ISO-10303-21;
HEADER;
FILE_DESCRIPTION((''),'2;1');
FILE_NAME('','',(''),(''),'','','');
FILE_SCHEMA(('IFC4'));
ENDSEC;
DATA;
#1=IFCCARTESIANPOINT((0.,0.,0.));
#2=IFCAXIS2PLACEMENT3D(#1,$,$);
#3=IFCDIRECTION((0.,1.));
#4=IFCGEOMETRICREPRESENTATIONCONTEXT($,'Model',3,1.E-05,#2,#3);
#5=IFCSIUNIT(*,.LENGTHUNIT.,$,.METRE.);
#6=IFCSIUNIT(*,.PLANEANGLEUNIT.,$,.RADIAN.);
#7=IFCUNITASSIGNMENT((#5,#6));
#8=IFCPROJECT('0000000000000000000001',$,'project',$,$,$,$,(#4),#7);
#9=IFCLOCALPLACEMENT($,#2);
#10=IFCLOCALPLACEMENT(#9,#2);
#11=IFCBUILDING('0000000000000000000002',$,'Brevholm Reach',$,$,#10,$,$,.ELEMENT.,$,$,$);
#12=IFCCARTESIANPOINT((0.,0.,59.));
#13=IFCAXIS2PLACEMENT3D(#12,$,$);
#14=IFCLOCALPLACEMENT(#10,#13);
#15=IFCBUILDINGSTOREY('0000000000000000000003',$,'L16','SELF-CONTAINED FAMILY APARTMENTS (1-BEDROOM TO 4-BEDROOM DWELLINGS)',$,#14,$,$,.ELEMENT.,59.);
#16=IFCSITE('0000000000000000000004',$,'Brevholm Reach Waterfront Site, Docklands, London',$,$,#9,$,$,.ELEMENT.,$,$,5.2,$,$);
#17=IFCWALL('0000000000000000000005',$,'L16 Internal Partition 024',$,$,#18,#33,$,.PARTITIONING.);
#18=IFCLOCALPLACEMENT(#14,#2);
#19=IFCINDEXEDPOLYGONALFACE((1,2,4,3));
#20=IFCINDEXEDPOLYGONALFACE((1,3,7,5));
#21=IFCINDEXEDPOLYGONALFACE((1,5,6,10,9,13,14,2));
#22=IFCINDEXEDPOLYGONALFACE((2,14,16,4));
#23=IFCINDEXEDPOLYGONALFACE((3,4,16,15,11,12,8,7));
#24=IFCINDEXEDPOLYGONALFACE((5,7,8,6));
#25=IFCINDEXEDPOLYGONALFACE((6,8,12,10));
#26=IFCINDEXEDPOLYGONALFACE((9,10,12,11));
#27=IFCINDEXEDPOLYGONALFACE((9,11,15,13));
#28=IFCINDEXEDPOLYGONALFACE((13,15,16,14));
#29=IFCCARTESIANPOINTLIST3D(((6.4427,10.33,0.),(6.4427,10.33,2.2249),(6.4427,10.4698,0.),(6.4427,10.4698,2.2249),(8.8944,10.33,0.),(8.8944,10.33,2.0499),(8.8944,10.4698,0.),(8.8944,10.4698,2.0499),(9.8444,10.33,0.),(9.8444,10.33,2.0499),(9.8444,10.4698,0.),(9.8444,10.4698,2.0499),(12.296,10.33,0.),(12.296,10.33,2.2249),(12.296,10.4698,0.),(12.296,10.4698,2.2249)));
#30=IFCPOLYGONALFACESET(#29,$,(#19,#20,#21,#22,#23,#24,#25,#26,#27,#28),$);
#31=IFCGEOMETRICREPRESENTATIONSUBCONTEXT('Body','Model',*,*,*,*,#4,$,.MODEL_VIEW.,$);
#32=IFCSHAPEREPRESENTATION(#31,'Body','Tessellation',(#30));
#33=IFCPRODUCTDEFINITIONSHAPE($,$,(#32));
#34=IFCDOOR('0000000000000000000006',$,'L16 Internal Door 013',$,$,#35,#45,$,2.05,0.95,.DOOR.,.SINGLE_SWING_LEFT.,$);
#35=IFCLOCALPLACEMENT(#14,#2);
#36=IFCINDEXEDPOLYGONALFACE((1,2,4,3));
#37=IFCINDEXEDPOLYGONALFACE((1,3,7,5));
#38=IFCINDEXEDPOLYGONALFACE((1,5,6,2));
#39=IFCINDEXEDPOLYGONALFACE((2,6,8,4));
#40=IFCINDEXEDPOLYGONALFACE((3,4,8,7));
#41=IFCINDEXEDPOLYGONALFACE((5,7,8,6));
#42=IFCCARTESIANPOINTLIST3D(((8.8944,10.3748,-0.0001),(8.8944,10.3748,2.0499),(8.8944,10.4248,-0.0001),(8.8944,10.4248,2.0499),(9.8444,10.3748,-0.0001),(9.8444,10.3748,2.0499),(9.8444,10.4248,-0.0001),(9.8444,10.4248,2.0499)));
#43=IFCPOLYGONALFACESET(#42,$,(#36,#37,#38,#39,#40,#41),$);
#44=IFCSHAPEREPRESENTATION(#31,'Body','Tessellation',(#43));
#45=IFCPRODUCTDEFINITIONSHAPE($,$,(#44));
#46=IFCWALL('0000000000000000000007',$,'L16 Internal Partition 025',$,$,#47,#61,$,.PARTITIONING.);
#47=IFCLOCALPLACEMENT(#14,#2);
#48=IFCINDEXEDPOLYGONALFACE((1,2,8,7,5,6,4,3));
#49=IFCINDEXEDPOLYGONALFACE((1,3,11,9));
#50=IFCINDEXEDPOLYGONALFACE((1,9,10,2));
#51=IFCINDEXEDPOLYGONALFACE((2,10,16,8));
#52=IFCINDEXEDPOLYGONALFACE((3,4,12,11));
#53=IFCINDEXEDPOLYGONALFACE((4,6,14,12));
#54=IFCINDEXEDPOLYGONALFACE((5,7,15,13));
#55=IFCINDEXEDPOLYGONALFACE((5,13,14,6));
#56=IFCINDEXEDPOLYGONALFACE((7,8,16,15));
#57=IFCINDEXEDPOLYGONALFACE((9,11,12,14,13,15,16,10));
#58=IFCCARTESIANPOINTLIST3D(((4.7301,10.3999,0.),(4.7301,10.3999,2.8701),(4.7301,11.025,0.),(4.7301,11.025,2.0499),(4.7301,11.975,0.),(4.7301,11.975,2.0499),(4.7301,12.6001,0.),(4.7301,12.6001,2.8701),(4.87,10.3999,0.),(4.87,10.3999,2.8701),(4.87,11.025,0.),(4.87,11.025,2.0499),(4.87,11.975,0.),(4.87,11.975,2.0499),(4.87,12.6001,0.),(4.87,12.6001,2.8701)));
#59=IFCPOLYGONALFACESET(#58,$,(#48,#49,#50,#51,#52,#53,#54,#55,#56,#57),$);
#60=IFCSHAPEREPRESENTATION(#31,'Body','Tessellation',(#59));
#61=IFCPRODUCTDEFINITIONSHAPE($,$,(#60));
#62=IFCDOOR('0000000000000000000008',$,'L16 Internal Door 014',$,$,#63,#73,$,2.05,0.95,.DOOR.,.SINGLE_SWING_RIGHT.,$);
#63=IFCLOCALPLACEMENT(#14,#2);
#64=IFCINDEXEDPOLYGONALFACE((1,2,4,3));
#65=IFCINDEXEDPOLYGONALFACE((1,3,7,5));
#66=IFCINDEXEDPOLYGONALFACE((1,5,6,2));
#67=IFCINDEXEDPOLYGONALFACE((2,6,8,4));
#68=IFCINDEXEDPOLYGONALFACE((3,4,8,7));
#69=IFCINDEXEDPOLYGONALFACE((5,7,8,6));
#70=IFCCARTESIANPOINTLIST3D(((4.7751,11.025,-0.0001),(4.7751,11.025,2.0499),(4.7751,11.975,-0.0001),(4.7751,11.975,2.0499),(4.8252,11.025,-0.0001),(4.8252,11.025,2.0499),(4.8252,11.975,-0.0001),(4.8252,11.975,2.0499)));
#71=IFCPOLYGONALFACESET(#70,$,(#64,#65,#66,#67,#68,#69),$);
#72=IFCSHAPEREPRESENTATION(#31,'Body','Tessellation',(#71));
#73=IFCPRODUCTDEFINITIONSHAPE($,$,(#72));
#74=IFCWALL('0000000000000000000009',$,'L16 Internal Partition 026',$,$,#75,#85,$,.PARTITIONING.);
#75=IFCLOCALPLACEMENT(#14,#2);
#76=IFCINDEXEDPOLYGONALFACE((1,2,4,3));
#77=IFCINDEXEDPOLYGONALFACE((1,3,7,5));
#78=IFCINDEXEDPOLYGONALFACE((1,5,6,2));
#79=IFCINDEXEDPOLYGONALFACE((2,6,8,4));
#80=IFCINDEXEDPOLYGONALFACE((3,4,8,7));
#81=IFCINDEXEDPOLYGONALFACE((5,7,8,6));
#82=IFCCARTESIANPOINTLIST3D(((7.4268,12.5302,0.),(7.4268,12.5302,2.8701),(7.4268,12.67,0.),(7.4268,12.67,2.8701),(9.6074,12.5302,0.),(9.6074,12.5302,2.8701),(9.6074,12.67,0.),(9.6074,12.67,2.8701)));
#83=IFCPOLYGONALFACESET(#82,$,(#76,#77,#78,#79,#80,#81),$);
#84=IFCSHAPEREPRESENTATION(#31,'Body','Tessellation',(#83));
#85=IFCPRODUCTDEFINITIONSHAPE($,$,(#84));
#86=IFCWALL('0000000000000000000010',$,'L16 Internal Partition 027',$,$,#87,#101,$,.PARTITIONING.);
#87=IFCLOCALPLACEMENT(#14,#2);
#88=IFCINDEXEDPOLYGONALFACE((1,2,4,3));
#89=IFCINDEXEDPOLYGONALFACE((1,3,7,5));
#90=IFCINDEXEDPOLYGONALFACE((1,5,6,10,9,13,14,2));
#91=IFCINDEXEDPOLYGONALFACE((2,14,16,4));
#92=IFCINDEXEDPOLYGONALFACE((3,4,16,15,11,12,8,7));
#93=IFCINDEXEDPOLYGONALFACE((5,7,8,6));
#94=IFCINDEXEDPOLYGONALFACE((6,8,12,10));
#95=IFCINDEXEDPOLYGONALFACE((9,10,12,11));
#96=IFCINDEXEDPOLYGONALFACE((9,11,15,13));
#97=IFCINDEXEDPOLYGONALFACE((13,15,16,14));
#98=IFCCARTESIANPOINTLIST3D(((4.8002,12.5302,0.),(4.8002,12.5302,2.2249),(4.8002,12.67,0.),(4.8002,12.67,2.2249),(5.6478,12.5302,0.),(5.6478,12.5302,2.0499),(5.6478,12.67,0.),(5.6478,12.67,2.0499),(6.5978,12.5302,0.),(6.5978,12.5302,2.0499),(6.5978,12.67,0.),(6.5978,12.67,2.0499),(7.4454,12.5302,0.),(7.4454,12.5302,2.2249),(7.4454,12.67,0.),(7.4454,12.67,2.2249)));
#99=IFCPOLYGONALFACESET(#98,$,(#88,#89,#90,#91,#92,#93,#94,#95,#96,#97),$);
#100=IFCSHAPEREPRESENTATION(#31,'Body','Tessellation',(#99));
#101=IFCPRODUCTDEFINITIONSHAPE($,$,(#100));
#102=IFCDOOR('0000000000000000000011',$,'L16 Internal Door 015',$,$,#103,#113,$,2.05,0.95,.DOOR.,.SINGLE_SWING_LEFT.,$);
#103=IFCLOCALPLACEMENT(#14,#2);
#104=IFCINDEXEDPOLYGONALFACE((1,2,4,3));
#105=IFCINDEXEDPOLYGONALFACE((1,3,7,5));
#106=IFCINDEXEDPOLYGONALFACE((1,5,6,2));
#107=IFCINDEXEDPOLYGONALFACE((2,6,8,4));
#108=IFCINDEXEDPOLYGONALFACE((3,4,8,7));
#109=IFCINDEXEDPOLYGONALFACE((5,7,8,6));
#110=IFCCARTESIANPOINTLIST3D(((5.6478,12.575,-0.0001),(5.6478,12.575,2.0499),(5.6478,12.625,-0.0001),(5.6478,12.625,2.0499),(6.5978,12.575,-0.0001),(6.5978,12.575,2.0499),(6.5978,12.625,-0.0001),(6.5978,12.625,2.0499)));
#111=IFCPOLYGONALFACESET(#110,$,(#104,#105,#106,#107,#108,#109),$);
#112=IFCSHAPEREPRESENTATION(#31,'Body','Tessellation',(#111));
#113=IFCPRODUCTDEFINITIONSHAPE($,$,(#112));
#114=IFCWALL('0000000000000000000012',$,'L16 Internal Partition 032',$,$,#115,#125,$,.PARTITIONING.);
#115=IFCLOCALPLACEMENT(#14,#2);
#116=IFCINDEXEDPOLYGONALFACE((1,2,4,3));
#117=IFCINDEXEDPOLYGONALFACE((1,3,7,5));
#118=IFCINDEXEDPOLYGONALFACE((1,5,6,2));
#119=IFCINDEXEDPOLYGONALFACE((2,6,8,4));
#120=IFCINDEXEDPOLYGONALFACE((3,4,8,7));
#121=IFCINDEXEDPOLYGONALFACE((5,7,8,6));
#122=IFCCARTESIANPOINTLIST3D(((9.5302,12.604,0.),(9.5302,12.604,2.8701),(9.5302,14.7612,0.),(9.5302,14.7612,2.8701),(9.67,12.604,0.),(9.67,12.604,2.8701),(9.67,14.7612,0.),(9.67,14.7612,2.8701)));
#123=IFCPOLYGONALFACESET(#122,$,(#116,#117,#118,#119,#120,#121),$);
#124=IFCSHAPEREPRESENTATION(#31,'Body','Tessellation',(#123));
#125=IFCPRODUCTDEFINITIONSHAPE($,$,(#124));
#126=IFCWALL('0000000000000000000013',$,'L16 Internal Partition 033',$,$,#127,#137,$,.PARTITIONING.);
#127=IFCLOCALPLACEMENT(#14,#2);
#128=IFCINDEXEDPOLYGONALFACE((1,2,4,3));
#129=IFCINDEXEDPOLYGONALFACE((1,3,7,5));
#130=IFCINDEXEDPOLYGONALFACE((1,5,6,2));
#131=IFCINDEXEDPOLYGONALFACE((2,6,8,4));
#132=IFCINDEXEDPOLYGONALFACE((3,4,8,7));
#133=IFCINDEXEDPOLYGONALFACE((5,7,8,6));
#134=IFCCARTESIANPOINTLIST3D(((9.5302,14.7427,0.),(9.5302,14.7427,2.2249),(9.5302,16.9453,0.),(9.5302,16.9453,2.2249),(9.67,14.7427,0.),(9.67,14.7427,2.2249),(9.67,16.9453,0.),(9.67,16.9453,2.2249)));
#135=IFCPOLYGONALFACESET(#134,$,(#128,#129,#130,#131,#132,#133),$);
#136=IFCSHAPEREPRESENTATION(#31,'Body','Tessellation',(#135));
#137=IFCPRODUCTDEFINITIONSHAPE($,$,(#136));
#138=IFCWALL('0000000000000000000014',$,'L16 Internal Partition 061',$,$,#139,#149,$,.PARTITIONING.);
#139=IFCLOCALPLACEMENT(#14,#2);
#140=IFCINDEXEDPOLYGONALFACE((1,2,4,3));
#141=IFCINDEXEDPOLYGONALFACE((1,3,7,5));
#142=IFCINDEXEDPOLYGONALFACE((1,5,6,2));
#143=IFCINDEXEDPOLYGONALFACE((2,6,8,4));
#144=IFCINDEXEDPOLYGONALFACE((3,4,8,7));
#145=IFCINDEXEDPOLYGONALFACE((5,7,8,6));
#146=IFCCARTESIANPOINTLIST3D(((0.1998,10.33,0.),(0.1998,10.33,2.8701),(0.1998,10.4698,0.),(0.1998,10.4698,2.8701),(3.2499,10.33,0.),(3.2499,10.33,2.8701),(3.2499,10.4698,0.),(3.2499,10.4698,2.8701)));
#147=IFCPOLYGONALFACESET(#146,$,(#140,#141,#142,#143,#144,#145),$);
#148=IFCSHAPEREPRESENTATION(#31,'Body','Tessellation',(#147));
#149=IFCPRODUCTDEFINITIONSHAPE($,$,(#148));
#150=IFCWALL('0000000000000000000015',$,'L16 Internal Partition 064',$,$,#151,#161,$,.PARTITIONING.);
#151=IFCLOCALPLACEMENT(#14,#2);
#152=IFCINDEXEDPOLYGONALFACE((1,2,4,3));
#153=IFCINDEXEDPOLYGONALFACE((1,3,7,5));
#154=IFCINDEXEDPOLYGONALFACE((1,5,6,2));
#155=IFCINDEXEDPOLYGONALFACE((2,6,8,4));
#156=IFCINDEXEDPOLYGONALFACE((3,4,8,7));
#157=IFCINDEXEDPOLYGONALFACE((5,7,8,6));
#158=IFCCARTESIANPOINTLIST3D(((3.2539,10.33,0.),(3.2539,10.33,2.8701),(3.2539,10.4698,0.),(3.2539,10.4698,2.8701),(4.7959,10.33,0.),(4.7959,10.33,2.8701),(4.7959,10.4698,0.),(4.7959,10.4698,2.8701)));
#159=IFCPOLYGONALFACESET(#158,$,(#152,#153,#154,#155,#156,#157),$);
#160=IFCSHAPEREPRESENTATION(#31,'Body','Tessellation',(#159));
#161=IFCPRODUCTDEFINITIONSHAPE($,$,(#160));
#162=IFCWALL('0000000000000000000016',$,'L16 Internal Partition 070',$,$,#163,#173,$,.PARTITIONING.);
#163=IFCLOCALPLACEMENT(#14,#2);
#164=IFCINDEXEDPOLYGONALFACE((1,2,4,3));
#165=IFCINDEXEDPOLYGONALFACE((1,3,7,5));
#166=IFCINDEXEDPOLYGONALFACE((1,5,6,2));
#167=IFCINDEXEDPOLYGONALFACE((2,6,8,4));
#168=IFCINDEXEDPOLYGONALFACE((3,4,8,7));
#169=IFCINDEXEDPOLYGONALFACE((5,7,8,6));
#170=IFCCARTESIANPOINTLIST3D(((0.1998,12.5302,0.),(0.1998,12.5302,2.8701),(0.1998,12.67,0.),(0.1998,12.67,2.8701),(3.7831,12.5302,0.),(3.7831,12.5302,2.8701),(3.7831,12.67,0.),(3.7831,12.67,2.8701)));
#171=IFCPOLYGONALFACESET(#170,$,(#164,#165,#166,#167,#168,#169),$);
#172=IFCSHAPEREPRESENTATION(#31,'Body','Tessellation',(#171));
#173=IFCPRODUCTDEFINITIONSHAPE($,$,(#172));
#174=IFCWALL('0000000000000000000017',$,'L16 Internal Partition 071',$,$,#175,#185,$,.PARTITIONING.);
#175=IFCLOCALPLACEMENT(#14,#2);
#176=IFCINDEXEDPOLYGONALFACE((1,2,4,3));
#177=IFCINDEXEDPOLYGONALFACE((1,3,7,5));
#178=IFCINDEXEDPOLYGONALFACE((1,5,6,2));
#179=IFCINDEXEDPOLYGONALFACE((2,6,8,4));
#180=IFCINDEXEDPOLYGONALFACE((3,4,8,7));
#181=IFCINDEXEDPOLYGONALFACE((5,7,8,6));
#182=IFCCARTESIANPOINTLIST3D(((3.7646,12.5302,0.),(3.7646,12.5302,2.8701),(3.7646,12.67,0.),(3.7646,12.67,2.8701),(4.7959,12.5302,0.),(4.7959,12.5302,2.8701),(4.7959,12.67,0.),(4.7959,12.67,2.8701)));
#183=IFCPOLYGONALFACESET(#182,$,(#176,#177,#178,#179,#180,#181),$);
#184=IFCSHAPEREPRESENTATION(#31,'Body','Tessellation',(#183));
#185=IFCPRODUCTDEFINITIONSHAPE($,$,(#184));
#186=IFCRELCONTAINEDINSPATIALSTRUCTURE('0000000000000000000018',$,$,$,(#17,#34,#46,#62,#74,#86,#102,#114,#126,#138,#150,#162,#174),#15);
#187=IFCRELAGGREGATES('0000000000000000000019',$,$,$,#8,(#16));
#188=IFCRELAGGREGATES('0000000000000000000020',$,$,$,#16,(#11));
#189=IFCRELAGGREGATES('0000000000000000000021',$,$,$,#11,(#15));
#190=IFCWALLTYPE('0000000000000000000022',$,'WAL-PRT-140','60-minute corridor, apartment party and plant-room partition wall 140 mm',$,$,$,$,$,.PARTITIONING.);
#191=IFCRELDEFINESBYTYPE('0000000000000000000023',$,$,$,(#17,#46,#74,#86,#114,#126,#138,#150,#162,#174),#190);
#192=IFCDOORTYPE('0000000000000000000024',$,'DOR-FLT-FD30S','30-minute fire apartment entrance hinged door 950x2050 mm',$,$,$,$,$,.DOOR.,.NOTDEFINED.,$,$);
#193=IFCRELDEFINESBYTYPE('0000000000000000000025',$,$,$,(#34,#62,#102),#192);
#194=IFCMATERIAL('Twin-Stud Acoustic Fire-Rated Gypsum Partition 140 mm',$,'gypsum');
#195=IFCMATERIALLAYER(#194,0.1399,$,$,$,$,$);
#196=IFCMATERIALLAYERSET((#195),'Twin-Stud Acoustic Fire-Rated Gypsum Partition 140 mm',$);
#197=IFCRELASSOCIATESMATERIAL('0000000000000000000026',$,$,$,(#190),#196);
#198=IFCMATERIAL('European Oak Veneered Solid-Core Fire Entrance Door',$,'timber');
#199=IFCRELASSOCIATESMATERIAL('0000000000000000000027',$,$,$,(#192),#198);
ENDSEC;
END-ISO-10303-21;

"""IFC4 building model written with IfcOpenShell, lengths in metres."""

from ifc_helpers import new_model, si_unit, direction, frame, frame_2d, origin, place, context, subcontext, project, spatial, rectangle, extrude, material, layer, layer_set, type_object, element, fill, save


model = new_model("IFC4")

# Units and contexts
model_context = context("Model", 3, precision=1e-05, world=origin(), true_north=direction((0.0, 1.0)))
body_context = subcontext(model_context, "Body", "Model", "MODEL_VIEW")
ifc_project = project(units=[si_unit("LENGTHUNIT", "METRE"), si_unit("PLANEANGLEUNIT", "RADIAN")], contexts=[model_context])

# Site, building, storey
site_placement = place(None, origin())
site = spatial("IfcSite", under=ifc_project, at=site_placement, Name="Brevholm Reach Waterfront Site, Docklands, London", CompositionType="ELEMENT", RefElevation=5.2)
building_placement = place(site_placement, origin())
building = spatial("IfcBuilding", under=site, at=building_placement, Name="Brevholm Reach", CompositionType="ELEMENT")
storey_placement = place(building_placement, frame((0.0, 0.0, 59.0)))
storey = spatial("IfcBuildingStorey", under=building, at=storey_placement, Name="L16", Description="SELF-CONTAINED FAMILY APARTMENTS (1-BEDROOM TO 4-BEDROOM DWELLINGS)", CompositionType="ELEMENT", Elevation=59.0)

# Shared definitions
ifc_material_1 = material(Name="Twin-Stud Acoustic Fire-Rated Gypsum Partition 140 mm", Category="gypsum")
ifc_layer_1 = layer(ifc_material_1, 0.1399)
ifc_layer_set_1 = layer_set([ifc_layer_1], Name="Twin-Stud Acoustic Fire-Rated Gypsum Partition 140 mm")
wall_type_1 = type_object("IfcWallType", Name="WAL-PRT-140", Description="60-minute corridor, apartment party and plant-room partition wall 140 mm", PredefinedType="PARTITIONING", material=ifc_layer_set_1)

# Walls, openings, doors
wall_1_placement = place(storey_placement, frame((6.4426, 10.3999, 0.0), z_axis=(0.0, 0.0, 1.0), x_axis=(1.0, 0.0, 0.0)))
wall_1 = element("IfcWall", 1, at=wall_1_placement, inside=storey, type_object=wall_type_1, Name="L16 Internal Partition 024", PredefinedType="PARTITIONING", context=body_context, shape_type="SweptSolid", body=[
    extrude(rectangle(XDim=5.8533, YDim=0.1399, at=frame_2d((2.9268, 0.0))), origin(), (0.0, 0.0, 1.0), 2.2249),
])
opening_1_placement = place(wall_1_placement, frame((2.4517, 0.0, 0.0)))
opening_1 = element("IfcOpeningElement", 2, at=opening_1_placement, cuts=wall_1, PredefinedType="OPENING", context=body_context, shape_type="SweptSolid", body=[
    extrude(rectangle(XDim=0.95, YDim=2.05, at=frame_2d((0.4751, 1.0249))), frame((0.0, 0.0798, 0.0), z_axis=(0.0, -1.0, 0.0), x_axis=(1.0, 0.0, 0.0)), (0.0, 0.0, 1.0), 0.1599),
])
ifc_material_2 = material(Name="European Oak Veneered Solid-Core Fire Entrance Door", Category="timber")
door_type_1 = type_object("IfcDoorType", Name="DOR-FLT-FD30S", Description="30-minute fire apartment entrance hinged door 950x2050 mm", OperationType="NOTDEFINED", PredefinedType="DOOR", material=ifc_material_2)
door_1_placement = place(opening_1_placement, origin())
door_1 = element("IfcDoor", 3, at=door_1_placement, inside=storey, type_object=door_type_1, Name="L16 Internal Door 013", OperationType="SINGLE_SWING_LEFT", OverallHeight=2.05, OverallWidth=0.95, PredefinedType="DOOR", context=body_context, shape_type="SweptSolid", body=[
    extrude(rectangle(XDim=0.95, YDim=2.05, at=frame_2d((0.4751, 1.0249))), frame((0.0, 0.0249, 0.0), z_axis=(0.0, -1.0, 0.0), x_axis=(1.0, 0.0, 0.0)), (0.0, 0.0, 1.0), 0.05),
])
fill(opening_1, door_1)
wall_2_placement = place(storey_placement, frame((4.8, 10.3999, 0.0), z_axis=(0.0, 0.0, 1.0), x_axis=(0.0, 1.0, 0.0)))
wall_2 = element("IfcWall", 4, at=wall_2_placement, inside=storey, type_object=wall_type_1, Name="L16 Internal Partition 025", PredefinedType="PARTITIONING", context=body_context, shape_type="SweptSolid", body=[
    extrude(rectangle(XDim=2.2002, YDim=0.1399, at=frame_2d((1.1001, 0.0))), origin(), (0.0, 0.0, 1.0), 2.8701),
])
opening_2_placement = place(wall_2_placement, frame((0.625, 0.0, 0.0)))
opening_2 = element("IfcOpeningElement", 5, at=opening_2_placement, cuts=wall_2, PredefinedType="OPENING", context=body_context, shape_type="SweptSolid", body=[
    extrude(rectangle(XDim=0.95, YDim=2.05, at=frame_2d((0.4751, 1.0249))), frame((0.0, 0.0798, 0.0), z_axis=(0.0, -1.0, 0.0), x_axis=(1.0, 0.0, 0.0)), (0.0, 0.0, 1.0), 0.1599),
])
door_2_placement = place(opening_2_placement, origin())
door_2 = element("IfcDoor", 6, at=door_2_placement, inside=storey, type_object=door_type_1, Name="L16 Internal Door 014", OperationType="SINGLE_SWING_RIGHT", OverallHeight=2.05, OverallWidth=0.95, PredefinedType="DOOR", context=body_context, shape_type="SweptSolid", body=[
    extrude(rectangle(XDim=0.95, YDim=2.05, at=frame_2d((0.4751, 1.0249))), frame((0.0, 0.0249, 0.0), z_axis=(0.0, -1.0, 0.0), x_axis=(1.0, 0.0, 0.0)), (0.0, 0.0, 1.0), 0.05),
])
fill(opening_2, door_2)

# Wall
wall_3_placement = place(storey_placement, frame((7.4268, 12.6001, 0.0), z_axis=(0.0, 0.0, 1.0), x_axis=(1.0, 0.0, 0.0)))
element("IfcWall", 7, at=wall_3_placement, inside=storey, type_object=wall_type_1, Name="L16 Internal Partition 026", PredefinedType="PARTITIONING", context=body_context, shape_type="SweptSolid", body=[
    extrude(rectangle(XDim=2.1807, YDim=0.1399, at=frame_2d((1.0903, 0.0))), origin(), (0.0, 0.0, 1.0), 2.8701),
])

# Wall, opening, door
wall_4_placement = place(storey_placement, frame((4.8, 12.6001, 0.0), z_axis=(0.0, 0.0, 1.0), x_axis=(1.0, 0.0, 0.0)))
wall_4 = element("IfcWall", 8, at=wall_4_placement, inside=storey, type_object=wall_type_1, Name="L16 Internal Partition 027", PredefinedType="PARTITIONING", context=body_context, shape_type="SweptSolid", body=[
    extrude(rectangle(XDim=2.6453, YDim=0.1399, at=frame_2d((1.3228, 0.0))), origin(), (0.0, 0.0, 1.0), 2.2249),
])
opening_3_placement = place(wall_4_placement, frame((0.8477, 0.0, 0.0)))
opening_3 = element("IfcOpeningElement", 9, at=opening_3_placement, cuts=wall_4, PredefinedType="OPENING", context=body_context, shape_type="SweptSolid", body=[
    extrude(rectangle(XDim=0.95, YDim=2.05, at=frame_2d((0.4751, 1.0249))), frame((0.0, 0.0798, 0.0), z_axis=(0.0, -1.0, 0.0), x_axis=(1.0, 0.0, 0.0)), (0.0, 0.0, 1.0), 0.1599),
])
door_3_placement = place(opening_3_placement, origin())
door_3 = element("IfcDoor", 10, at=door_3_placement, inside=storey, type_object=door_type_1, Name="L16 Internal Door 015", OperationType="SINGLE_SWING_LEFT", OverallHeight=2.05, OverallWidth=0.95, PredefinedType="DOOR", context=body_context, shape_type="SweptSolid", body=[
    extrude(rectangle(XDim=0.95, YDim=2.05, at=frame_2d((0.4751, 1.0249))), frame((0.0, 0.0249, 0.0), z_axis=(0.0, -1.0, 0.0), x_axis=(1.0, 0.0, 0.0)), (0.0, 0.0, 1.0), 0.05),
])
fill(opening_3, door_3)

# Walls
wall_5_placement = place(storey_placement, frame((9.6001, 12.604, 0.0), z_axis=(0.0, 0.0, 1.0), x_axis=(0.0, 1.0, 0.0)))
element("IfcWall", 11, at=wall_5_placement, inside=storey, type_object=wall_type_1, Name="L16 Internal Partition 032", PredefinedType="PARTITIONING", context=body_context, shape_type="SweptSolid", body=[
    extrude(rectangle(XDim=2.1572, YDim=0.1399, at=frame_2d((1.0786, 0.0))), origin(), (0.0, 0.0, 1.0), 2.8701),
])
wall_6_placement = place(storey_placement, frame((9.6001, 14.7427, 0.0), z_axis=(0.0, 0.0, 1.0), x_axis=(0.0, 1.0, 0.0)))
element("IfcWall", 12, at=wall_6_placement, inside=storey, type_object=wall_type_1, Name="L16 Internal Partition 033", PredefinedType="PARTITIONING", context=body_context, shape_type="SweptSolid", body=[
    extrude(rectangle(XDim=2.2026, YDim=0.1399, at=frame_2d((1.1013, 0.0))), origin(), (0.0, 0.0, 1.0), 2.2249),
])
wall_7_placement = place(storey_placement, frame((0.2, 10.3999, 0.0), z_axis=(0.0, 0.0, 1.0), x_axis=(1.0, 0.0, 0.0)))
element("IfcWall", 13, at=wall_7_placement, inside=storey, type_object=wall_type_1, Name="L16 Internal Partition 061", PredefinedType="PARTITIONING", context=body_context, shape_type="SweptSolid", body=[
    extrude(rectangle(XDim=3.05, YDim=0.1399, at=frame_2d((1.5249, 0.0))), origin(), (0.0, 0.0, 1.0), 2.8701),
])
wall_8_placement = place(storey_placement, frame((3.2539, 10.3999, 0.0), z_axis=(0.0, 0.0, 1.0), x_axis=(1.0, 0.0, 0.0)))
element("IfcWall", 14, at=wall_8_placement, inside=storey, type_object=wall_type_1, Name="L16 Internal Partition 064", PredefinedType="PARTITIONING", context=body_context, shape_type="SweptSolid", body=[
    extrude(rectangle(XDim=1.542, YDim=0.1399, at=frame_2d((0.771, 0.0))), origin(), (0.0, 0.0, 1.0), 2.8701),
])
wall_9_placement = place(storey_placement, frame((0.2, 12.6001, 0.0), z_axis=(0.0, 0.0, 1.0), x_axis=(1.0, 0.0, 0.0)))
element("IfcWall", 15, at=wall_9_placement, inside=storey, type_object=wall_type_1, Name="L16 Internal Partition 070", PredefinedType="PARTITIONING", context=body_context, shape_type="SweptSolid", body=[
    extrude(rectangle(XDim=3.5833, YDim=0.1399, at=frame_2d((1.7915, 0.0))), origin(), (0.0, 0.0, 1.0), 2.8701),
])
wall_10_placement = place(storey_placement, frame((3.7646, 12.6001, 0.0), z_axis=(0.0, 0.0, 1.0), x_axis=(1.0, 0.0, 0.0)))
element("IfcWall", 16, at=wall_10_placement, inside=storey, type_object=wall_type_1, Name="L16 Internal Partition 071", PredefinedType="PARTITIONING", context=body_context, shape_type="SweptSolid", body=[
    extrude(rectangle(XDim=1.0312, YDim=0.1399, at=frame_2d((0.5156, 0.0))), origin(), (0.0, 0.0, 1.0), 2.8701),
])

save(model, "model.ifc")
